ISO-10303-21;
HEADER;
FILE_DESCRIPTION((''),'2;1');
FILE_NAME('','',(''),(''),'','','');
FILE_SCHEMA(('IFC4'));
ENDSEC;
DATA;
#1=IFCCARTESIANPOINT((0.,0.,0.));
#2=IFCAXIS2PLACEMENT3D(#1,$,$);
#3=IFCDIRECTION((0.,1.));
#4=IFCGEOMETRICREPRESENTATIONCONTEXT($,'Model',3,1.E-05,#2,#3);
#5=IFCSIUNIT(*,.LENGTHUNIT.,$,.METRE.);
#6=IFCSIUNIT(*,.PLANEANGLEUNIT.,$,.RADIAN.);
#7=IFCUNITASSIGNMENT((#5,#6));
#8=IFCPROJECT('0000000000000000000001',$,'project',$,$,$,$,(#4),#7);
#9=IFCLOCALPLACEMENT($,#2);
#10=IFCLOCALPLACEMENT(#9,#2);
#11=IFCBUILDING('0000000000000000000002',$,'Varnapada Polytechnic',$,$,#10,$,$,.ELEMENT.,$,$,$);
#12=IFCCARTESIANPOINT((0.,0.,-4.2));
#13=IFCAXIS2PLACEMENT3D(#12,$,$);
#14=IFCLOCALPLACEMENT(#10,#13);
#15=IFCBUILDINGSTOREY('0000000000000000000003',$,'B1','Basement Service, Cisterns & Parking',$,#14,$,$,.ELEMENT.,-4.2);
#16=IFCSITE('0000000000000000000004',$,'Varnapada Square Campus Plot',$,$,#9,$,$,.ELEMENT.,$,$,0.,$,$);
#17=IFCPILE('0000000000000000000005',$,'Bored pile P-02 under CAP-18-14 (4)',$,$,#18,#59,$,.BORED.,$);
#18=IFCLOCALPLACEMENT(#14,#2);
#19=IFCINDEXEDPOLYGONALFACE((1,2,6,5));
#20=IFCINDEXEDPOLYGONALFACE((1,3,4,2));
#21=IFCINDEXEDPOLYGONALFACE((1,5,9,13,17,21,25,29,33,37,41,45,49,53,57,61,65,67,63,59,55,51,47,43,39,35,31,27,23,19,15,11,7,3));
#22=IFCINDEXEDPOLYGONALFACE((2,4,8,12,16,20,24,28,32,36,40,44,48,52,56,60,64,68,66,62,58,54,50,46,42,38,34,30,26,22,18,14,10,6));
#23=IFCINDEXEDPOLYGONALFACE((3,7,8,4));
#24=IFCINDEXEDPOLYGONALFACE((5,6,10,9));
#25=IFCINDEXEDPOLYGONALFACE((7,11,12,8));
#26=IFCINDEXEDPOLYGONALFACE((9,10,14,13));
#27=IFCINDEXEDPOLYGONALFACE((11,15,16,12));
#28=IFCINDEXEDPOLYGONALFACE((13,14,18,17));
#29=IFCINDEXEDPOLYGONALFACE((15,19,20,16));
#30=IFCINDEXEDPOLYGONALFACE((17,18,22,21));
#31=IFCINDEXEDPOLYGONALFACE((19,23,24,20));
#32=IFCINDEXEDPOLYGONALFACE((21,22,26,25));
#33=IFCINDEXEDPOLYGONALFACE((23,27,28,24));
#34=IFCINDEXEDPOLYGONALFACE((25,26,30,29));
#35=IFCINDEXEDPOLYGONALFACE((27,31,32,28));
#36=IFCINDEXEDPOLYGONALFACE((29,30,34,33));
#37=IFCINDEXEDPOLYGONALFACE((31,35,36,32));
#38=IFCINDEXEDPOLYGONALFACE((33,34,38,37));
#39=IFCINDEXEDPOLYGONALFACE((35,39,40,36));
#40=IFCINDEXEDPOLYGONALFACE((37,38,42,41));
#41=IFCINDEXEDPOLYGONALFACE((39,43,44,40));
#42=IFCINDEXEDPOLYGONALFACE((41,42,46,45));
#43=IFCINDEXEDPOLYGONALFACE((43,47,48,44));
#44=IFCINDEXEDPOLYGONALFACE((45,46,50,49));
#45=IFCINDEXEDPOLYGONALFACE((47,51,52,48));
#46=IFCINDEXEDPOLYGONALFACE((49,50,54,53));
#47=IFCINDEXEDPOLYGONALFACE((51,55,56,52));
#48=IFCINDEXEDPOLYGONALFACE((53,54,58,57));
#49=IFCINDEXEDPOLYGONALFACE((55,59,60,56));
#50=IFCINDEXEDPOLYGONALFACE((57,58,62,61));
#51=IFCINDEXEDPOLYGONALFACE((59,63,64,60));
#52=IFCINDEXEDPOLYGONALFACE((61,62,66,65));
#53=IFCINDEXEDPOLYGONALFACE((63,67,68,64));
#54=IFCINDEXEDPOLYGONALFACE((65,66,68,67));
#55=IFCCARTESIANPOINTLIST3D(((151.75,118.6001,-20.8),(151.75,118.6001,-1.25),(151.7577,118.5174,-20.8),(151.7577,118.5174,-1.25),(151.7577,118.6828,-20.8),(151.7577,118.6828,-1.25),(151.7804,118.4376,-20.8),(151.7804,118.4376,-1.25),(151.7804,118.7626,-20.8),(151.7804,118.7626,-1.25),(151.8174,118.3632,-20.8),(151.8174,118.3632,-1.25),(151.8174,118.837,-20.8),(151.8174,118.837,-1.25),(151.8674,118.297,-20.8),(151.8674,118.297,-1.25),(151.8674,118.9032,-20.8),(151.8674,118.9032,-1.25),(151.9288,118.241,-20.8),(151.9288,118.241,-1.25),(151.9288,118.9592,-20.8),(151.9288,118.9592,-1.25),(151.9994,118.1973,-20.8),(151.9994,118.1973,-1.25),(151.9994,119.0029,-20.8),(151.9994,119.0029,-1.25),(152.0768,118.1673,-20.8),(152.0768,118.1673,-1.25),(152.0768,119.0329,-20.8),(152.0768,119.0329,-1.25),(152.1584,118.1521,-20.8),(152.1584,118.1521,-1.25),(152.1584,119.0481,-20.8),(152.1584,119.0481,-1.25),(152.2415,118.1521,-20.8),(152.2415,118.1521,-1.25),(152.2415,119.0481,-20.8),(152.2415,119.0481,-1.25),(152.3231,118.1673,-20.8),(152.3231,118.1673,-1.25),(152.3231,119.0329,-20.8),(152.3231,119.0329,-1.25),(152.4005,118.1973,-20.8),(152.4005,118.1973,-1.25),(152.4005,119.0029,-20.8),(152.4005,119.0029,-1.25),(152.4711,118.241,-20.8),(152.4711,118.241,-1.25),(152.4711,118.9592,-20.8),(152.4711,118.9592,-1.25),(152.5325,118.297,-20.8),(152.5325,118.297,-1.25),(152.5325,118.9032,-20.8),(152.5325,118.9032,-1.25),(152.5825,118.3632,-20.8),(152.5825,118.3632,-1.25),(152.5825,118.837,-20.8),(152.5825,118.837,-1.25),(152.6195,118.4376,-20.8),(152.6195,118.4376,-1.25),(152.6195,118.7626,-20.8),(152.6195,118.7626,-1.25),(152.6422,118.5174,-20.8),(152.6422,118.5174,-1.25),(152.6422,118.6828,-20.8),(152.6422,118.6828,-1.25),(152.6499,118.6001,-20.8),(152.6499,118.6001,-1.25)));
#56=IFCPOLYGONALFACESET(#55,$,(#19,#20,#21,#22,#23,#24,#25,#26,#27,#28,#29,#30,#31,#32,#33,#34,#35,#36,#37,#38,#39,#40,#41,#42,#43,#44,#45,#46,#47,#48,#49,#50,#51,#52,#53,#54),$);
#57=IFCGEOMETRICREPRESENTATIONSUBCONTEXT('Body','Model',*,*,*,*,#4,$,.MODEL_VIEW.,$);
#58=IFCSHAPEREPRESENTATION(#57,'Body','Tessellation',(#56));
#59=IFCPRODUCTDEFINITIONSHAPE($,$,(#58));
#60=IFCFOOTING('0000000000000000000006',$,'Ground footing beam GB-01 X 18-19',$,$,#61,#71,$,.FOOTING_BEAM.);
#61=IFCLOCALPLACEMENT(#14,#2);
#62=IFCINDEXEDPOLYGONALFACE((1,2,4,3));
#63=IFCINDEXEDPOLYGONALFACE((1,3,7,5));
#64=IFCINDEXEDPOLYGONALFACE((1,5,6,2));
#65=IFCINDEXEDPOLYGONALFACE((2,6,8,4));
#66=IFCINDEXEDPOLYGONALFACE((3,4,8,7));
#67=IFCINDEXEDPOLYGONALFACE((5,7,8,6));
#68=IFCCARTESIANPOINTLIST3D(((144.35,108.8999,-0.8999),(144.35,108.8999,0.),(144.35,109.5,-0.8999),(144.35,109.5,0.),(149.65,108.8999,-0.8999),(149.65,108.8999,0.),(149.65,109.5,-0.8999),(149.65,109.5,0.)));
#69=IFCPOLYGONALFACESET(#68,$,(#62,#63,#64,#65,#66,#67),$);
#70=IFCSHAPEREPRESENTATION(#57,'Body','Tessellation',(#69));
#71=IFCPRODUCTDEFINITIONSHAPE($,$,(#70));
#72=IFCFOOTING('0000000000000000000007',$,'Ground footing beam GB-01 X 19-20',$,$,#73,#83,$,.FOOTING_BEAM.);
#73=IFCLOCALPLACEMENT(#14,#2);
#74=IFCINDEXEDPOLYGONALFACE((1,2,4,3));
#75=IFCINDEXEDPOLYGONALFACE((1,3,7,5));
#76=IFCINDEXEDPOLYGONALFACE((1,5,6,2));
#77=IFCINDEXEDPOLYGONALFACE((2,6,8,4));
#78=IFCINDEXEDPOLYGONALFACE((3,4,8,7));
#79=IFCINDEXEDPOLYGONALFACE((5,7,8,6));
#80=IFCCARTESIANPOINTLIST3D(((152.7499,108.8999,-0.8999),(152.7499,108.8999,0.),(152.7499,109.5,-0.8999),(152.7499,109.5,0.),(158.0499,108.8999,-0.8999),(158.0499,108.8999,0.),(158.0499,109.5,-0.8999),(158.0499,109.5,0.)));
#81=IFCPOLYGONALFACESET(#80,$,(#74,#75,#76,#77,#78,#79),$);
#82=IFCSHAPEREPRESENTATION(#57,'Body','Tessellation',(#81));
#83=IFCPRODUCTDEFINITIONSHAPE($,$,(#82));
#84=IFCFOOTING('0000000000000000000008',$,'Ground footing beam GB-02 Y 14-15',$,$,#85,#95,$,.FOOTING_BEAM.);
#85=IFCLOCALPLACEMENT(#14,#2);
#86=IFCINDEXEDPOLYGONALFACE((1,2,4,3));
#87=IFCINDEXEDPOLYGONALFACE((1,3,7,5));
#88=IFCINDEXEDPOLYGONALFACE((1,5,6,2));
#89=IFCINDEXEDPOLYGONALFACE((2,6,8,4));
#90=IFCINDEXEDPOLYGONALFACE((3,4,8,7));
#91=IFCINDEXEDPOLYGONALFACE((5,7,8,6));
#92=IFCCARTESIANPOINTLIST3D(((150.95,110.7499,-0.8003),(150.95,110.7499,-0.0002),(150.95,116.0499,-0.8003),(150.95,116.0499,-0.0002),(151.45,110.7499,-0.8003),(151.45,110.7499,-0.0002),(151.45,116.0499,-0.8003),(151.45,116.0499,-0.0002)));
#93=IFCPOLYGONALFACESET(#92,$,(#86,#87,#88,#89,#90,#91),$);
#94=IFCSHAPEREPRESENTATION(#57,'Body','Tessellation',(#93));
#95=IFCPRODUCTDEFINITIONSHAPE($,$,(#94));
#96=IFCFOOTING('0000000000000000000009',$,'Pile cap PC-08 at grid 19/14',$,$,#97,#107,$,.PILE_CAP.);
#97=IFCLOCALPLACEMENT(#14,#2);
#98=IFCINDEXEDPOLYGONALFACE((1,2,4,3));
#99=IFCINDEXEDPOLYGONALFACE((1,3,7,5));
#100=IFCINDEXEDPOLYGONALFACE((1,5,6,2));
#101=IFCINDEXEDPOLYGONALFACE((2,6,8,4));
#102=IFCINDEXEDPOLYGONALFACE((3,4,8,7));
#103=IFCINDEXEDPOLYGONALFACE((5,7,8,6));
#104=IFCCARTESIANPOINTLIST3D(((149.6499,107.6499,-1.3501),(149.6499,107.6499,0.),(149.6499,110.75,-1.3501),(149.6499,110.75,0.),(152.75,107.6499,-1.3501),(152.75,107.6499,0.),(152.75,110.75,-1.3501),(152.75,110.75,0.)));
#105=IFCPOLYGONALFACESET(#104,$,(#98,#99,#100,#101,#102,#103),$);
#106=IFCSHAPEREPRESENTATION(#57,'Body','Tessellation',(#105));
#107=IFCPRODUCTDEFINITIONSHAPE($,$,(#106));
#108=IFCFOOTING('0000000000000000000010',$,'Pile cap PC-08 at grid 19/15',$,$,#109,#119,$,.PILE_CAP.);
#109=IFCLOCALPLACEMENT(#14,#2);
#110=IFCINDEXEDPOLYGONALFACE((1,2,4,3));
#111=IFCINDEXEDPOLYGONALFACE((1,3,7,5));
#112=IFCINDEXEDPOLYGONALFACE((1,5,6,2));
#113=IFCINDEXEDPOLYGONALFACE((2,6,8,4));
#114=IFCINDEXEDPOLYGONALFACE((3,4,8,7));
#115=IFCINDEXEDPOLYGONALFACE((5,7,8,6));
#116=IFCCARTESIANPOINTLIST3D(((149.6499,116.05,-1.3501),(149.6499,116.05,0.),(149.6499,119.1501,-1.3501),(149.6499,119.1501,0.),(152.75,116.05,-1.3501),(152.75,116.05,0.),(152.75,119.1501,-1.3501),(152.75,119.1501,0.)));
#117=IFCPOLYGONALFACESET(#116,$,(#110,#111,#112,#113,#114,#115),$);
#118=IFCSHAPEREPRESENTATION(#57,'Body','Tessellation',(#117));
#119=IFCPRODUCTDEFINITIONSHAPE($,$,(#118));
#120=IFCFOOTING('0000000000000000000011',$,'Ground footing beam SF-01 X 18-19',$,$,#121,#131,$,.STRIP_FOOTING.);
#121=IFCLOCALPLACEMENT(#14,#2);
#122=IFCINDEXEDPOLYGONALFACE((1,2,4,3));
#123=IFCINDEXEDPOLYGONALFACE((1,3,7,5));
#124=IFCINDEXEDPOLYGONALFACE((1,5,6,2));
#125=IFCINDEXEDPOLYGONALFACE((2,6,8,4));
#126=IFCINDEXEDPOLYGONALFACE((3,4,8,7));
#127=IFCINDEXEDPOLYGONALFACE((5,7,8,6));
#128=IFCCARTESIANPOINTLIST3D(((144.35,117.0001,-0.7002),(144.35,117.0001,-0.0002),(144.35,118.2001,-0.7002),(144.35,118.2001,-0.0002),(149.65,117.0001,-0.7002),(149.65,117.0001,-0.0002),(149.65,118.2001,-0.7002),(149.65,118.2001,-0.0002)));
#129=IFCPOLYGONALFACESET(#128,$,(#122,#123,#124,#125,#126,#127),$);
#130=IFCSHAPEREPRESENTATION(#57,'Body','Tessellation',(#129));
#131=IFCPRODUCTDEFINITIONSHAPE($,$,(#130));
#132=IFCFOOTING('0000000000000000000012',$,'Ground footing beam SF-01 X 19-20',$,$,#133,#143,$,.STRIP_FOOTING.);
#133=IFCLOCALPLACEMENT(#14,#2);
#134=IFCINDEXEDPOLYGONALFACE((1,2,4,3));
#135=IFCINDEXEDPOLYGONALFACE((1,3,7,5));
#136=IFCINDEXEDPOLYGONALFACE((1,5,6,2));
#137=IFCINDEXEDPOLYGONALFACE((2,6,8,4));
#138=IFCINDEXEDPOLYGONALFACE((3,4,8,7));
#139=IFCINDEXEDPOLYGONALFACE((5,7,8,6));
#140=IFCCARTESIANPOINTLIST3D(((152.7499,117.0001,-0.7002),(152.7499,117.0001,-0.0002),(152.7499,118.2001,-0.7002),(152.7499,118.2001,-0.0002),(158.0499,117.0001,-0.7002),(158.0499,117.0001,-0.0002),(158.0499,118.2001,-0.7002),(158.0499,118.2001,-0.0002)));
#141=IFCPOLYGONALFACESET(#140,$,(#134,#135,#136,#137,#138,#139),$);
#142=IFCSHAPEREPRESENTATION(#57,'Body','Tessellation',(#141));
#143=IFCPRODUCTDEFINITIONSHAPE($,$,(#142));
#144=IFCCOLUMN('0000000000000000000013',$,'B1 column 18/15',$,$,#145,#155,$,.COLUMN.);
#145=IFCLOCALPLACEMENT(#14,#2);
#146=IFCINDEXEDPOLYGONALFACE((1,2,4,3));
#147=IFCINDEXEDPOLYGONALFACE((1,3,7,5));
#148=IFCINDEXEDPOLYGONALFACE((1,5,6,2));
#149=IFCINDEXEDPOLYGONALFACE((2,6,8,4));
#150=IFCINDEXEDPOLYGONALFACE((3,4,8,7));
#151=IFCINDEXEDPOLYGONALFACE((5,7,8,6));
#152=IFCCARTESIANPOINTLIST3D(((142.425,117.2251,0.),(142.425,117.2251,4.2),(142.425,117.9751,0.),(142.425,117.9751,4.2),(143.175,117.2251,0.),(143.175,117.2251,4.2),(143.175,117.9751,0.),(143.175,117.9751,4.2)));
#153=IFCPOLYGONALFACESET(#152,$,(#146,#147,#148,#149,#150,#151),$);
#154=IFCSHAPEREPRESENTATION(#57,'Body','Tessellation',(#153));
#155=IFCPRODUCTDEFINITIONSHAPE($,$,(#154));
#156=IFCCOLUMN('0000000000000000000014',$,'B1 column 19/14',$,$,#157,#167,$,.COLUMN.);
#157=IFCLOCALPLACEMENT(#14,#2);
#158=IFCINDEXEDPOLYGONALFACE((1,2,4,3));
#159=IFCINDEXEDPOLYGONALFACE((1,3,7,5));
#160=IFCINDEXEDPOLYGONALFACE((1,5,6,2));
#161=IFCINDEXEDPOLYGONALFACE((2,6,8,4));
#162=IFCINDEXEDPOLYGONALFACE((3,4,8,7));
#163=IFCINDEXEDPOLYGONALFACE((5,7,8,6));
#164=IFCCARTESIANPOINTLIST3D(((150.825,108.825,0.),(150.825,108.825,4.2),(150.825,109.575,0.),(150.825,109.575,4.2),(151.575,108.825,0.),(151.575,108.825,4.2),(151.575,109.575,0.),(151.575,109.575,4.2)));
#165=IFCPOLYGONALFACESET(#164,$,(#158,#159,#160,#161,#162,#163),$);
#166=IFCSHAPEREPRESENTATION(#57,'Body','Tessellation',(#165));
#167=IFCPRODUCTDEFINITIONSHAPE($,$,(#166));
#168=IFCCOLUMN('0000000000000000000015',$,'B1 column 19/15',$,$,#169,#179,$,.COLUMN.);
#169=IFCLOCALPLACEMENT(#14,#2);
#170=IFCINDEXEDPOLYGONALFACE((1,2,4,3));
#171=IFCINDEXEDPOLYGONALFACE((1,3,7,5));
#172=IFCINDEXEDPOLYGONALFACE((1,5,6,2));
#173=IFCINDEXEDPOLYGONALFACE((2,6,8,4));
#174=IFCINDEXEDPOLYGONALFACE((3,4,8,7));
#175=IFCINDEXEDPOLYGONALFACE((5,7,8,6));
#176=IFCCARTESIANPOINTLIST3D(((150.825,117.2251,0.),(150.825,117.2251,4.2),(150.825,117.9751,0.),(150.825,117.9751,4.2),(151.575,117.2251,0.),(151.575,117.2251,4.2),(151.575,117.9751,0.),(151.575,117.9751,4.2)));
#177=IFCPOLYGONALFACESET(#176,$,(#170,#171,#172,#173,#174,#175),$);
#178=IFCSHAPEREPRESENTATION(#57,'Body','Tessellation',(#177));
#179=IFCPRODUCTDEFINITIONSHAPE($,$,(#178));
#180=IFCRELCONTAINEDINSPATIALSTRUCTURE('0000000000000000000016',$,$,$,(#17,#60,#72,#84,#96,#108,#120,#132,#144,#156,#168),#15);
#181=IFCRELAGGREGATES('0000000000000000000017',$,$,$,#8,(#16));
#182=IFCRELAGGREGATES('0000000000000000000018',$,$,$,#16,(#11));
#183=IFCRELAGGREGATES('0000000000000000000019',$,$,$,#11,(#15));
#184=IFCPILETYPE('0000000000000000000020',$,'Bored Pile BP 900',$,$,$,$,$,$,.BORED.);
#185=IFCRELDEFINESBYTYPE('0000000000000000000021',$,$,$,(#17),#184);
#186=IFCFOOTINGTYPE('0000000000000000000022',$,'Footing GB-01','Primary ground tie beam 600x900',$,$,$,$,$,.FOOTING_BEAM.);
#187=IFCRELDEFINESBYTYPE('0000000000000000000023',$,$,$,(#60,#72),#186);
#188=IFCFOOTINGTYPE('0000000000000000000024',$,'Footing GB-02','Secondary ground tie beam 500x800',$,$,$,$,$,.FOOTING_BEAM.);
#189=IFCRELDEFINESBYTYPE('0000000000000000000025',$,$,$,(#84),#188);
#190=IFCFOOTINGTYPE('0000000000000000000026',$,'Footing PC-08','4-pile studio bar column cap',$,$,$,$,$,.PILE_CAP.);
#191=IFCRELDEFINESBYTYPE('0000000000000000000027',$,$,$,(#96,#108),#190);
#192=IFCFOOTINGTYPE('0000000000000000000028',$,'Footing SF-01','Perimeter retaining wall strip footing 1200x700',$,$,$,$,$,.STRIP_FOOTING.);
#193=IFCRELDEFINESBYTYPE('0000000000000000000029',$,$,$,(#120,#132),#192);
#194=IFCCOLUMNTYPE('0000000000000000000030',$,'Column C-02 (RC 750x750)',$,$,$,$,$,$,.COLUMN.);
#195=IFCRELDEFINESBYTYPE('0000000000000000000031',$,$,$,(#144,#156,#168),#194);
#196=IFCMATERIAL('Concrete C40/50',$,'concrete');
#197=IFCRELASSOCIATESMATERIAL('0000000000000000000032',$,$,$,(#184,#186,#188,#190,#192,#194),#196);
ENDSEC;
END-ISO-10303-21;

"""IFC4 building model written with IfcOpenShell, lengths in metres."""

from ifc_helpers import new_model, si_unit, direction, frame, origin, origin_2d, place, context, subcontext, project, spatial, rectangle, circle, extrude, material, material_profile, profile_set, type_object, element, save


model = new_model("IFC4")

# Units and contexts
model_context = context("Model", 3, precision=1e-05, world=origin(), true_north=direction((0.0, 1.0)))
body_context = subcontext(model_context, "Body", "Model", "MODEL_VIEW")
ifc_project = project(units=[si_unit("LENGTHUNIT", "METRE"), si_unit("PLANEANGLEUNIT", "RADIAN")], contexts=[model_context])

# Site, building, storey
site_placement = place(None, origin())
site = spatial("IfcSite", under=ifc_project, at=site_placement, Name="Varnapada Square Campus Plot", CompositionType="ELEMENT", RefElevation=0.0)
building_placement = place(site_placement, origin())
building = spatial("IfcBuilding", under=site, at=building_placement, Name="Varnapada Polytechnic", CompositionType="ELEMENT")
storey_placement = place(building_placement, frame((0.0, 0.0, -4.2)))
storey = spatial("IfcBuildingStorey", under=building, at=storey_placement, Name="B1", Description="Basement Service, Cisterns & Parking", CompositionType="ELEMENT", Elevation=-4.2)

# Pile
ifc_material_1 = material(Name="Concrete C40/50", Category="concrete")
ifc_material_profile_1 = material_profile(ifc_material_1, circle(Radius=0.45, at=origin_2d()), Name="BP 900")
ifc_profile_set_1 = profile_set([ifc_material_profile_1], Name="Concrete C40/50")
pile_type = type_object("IfcPileType", Name="Bored Pile BP 900", PredefinedType="BORED", material=ifc_profile_set_1)
for number, where, z_axis, x_axis, name in (
    (1, (152.2, 118.6001, -1.25), (0.0, 0.0, -1.0), (1.0, 0.0, 0.0), "Bored pile P-02 under CAP-18-14 (4)"),
):
    element("IfcPile", number, at=place(storey_placement, frame(where, z_axis=z_axis, x_axis=x_axis)), inside=storey, type_object=pile_type, Name=name, PredefinedType="BORED", context=body_context, shape_type="SweptSolid", body=[
        extrude(circle(Radius=0.45, at=origin_2d()), origin(), (0.0, 0.0, 1.0), 19.55),
    ])

# Footings
footing_type_1 = type_object("IfcFootingType", Name="Footing GB-01", Description="Primary ground tie beam 600x900", PredefinedType="FOOTING_BEAM", material=ifc_material_1)
for number, where, z_axis, x_axis, name in (
    (2, (147.0, 109.2, -0.8999), (0.0, 0.0, 1.0), (1.0, 0.0, 0.0), "Ground footing beam GB-01 X 18-19"),
    (3, (155.3999, 109.2, -0.8999), (0.0, 0.0, 1.0), (1.0, 0.0, 0.0), "Ground footing beam GB-01 X 19-20"),
):
    element("IfcFooting", number, at=place(storey_placement, frame(where, z_axis=z_axis, x_axis=x_axis)), inside=storey, type_object=footing_type_1, Name=name, PredefinedType="FOOTING_BEAM", context=body_context, shape_type="SweptSolid", body=[
        extrude(rectangle(XDim=5.3, YDim=0.6001, at=origin_2d()), origin(), (0.0, 0.0, 1.0), 0.8999),
    ])
footing_type_2 = type_object("IfcFootingType", Name="Footing GB-02", Description="Secondary ground tie beam 500x800", PredefinedType="FOOTING_BEAM", material=ifc_material_1)
footing_placement = place(storey_placement, frame((151.2, 113.3999, -0.8003), z_axis=(0.0, 0.0, 1.0), x_axis=(0.0, 1.0, 0.0)))
element("IfcFooting", 4, at=footing_placement, inside=storey, type_object=footing_type_2, Name="Ground footing beam GB-02 Y 14-15", PredefinedType="FOOTING_BEAM", context=body_context, shape_type="SweptSolid", body=[
    extrude(rectangle(XDim=5.3, YDim=0.5, at=origin_2d()), origin(), (0.0, 0.0, 1.0), 0.8),
])
footing_type_3 = type_object("IfcFootingType", Name="Footing PC-08", Description="4-pile studio bar column cap", PredefinedType="PILE_CAP", material=ifc_material_1)
for number, where, z_axis, x_axis, name in (
    (5, (151.2, 109.2, -1.3501), (0.0, 0.0, 1.0), (1.0, 0.0, 0.0), "Pile cap PC-08 at grid 19/14"),
    (6, (151.2, 117.6001, -1.3501), (0.0, 0.0, 1.0), (1.0, 0.0, 0.0), "Pile cap PC-08 at grid 19/15"),
):
    element("IfcFooting", number, at=place(storey_placement, frame(where, z_axis=z_axis, x_axis=x_axis)), inside=storey, type_object=footing_type_3, Name=name, PredefinedType="PILE_CAP", context=body_context, shape_type="SweptSolid", body=[
        extrude(rectangle(XDim=3.1001, YDim=3.1001, at=origin_2d()), origin(), (0.0, 0.0, 1.0), 1.3501),
    ])
footing_type_4 = type_object("IfcFootingType", Name="Footing SF-01", Description="Perimeter retaining wall strip footing 1200x700", PredefinedType="STRIP_FOOTING", material=ifc_material_1)
for number, where, z_axis, x_axis, name in (
    (7, (147.0, 117.6001, -0.7002), (0.0, 0.0, 1.0), (1.0, 0.0, 0.0), "Ground footing beam SF-01 X 18-19"),
    (8, (155.3999, 117.6001, -0.7002), (0.0, 0.0, 1.0), (1.0, 0.0, 0.0), "Ground footing beam SF-01 X 19-20"),
):
    element("IfcFooting", number, at=place(storey_placement, frame(where, z_axis=z_axis, x_axis=x_axis)), inside=storey, type_object=footing_type_4, Name=name, PredefinedType="STRIP_FOOTING", context=body_context, shape_type="SweptSolid", body=[
        extrude(rectangle(XDim=5.3, YDim=1.2, at=origin_2d()), origin(), (0.0, 0.0, 1.0), 0.7),
    ])

# Columns
ifc_material_profile_2 = material_profile(ifc_material_1, rectangle(XDim=0.75, YDim=0.75, at=origin_2d()), Name="RC 750x750")
ifc_profile_set_2 = profile_set([ifc_material_profile_2], Name="Concrete C40/50")
column_type = type_object("IfcColumnType", Name="Column C-02 (RC 750x750)", PredefinedType="COLUMN", material=ifc_profile_set_2)
for number, where, z_axis, x_axis, name in (
    (9, (142.8, 117.6001, 0.0), (0.0, 0.0, 1.0), (1.0, 0.0, 0.0), "B1 column 18/15"),
    (10, (151.2, 109.2, 0.0), (0.0, 0.0, 1.0), (1.0, 0.0, 0.0), "B1 column 19/14"),
    (11, (151.2, 117.6001, 0.0), (0.0, 0.0, 1.0), (1.0, 0.0, 0.0), "B1 column 19/15"),
):
    element("IfcColumn", number, at=place(storey_placement, frame(where, z_axis=z_axis, x_axis=x_axis)), inside=storey, type_object=column_type, Name=name, PredefinedType="COLUMN", context=body_context, shape_type="SweptSolid", body=[
        extrude(rectangle(XDim=0.75, YDim=0.75, at=origin_2d()), origin(), (0.0, 0.0, 1.0), 4.2),
    ])

save(model, "model.ifc")
